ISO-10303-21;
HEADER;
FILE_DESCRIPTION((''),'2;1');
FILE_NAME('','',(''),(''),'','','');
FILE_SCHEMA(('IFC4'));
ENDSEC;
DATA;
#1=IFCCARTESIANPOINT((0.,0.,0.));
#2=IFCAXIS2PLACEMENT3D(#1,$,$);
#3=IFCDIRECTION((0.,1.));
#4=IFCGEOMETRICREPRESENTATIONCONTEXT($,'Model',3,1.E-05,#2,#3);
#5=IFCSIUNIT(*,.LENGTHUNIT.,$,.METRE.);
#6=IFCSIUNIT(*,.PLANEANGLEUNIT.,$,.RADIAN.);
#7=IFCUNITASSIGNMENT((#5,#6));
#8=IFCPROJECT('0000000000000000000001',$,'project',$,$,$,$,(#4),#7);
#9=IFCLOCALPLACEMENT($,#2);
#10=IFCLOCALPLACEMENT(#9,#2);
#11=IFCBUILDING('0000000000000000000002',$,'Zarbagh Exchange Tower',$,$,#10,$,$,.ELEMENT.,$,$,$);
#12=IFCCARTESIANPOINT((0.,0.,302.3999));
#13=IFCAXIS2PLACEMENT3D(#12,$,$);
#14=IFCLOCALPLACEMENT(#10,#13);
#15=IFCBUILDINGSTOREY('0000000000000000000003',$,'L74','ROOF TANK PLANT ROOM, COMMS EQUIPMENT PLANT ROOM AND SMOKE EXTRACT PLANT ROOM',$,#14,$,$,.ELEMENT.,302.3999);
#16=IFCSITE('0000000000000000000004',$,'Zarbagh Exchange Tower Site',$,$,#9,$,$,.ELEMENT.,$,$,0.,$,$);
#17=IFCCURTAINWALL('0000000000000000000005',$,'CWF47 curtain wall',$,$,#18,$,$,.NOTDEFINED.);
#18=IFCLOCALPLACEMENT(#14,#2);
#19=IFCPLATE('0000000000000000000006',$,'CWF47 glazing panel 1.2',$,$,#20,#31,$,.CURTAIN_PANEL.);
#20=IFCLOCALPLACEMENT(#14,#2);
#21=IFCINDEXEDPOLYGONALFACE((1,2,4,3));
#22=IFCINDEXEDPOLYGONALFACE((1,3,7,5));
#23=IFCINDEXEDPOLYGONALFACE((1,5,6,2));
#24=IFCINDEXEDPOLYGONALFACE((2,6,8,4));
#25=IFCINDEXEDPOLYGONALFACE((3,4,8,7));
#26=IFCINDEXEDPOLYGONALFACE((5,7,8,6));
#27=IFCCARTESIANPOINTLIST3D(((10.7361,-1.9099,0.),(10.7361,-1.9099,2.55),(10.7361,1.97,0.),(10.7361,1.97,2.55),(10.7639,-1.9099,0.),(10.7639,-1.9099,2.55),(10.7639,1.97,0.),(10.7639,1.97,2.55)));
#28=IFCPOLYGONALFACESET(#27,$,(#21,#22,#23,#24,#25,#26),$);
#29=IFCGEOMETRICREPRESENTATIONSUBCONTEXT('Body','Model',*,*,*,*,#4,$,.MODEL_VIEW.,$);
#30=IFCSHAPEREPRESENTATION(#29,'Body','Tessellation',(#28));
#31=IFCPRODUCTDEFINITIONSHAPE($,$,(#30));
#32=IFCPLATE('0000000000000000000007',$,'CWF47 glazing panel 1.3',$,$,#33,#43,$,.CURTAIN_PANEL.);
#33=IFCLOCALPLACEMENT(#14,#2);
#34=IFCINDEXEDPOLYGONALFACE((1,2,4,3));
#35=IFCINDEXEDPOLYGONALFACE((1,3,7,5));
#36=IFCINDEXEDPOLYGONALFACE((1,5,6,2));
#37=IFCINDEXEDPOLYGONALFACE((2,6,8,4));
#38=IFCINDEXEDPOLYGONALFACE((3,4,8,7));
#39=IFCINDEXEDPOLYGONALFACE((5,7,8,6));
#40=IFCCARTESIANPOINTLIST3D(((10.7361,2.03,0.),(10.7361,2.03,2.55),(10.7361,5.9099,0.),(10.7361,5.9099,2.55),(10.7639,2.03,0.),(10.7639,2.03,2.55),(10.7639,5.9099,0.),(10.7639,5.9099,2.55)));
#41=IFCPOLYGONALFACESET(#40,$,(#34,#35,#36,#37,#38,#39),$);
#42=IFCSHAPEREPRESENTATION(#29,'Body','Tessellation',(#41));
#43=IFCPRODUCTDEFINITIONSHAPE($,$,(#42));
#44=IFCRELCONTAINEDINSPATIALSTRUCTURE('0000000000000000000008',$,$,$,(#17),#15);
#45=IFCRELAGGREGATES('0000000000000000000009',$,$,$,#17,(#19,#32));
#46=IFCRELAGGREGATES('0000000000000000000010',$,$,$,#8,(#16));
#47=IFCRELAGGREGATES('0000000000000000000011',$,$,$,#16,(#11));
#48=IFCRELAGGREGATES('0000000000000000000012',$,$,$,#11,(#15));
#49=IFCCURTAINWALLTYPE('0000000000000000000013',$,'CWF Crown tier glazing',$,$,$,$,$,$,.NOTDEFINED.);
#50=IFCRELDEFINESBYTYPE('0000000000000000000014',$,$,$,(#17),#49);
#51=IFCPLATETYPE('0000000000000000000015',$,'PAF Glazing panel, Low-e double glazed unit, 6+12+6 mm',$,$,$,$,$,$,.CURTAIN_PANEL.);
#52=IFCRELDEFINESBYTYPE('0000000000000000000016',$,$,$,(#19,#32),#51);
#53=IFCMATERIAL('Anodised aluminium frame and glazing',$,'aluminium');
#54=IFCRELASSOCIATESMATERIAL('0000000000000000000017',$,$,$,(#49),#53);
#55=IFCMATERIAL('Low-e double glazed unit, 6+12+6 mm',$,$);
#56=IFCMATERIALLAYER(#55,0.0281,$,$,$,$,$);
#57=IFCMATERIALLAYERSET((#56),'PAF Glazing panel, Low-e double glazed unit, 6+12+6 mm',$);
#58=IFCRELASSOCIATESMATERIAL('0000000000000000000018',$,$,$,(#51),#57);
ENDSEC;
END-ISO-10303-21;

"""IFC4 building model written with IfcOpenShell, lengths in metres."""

from ifc_helpers import new_model, si_unit, direction, frame, origin, place, context, subcontext, project, spatial, polyline, outline, extrude, source, transform, mapped, material, layer, layer_set, type_object, element, aggregate, save


model = new_model("IFC4")

# Units and contexts
model_context = context("Model", 3, precision=1e-05, world=origin(), true_north=direction((0.0, 1.0)))
body_context = subcontext(model_context, "Body", "Model", "MODEL_VIEW")
ifc_project = project(units=[si_unit("LENGTHUNIT", "METRE"), si_unit("PLANEANGLEUNIT", "RADIAN")], contexts=[model_context])

# Site, building, storey
site_placement = place(None, origin())
site = spatial("IfcSite", under=ifc_project, at=site_placement, Name="Zarbagh Exchange Tower Site", CompositionType="ELEMENT", RefElevation=0.0)
building_placement = place(site_placement, origin())
building = spatial("IfcBuilding", under=site, at=building_placement, Name="Zarbagh Exchange Tower", CompositionType="ELEMENT")
storey_placement = place(building_placement, frame((0.0, 0.0, 302.3999)))
storey = spatial("IfcBuildingStorey", under=building, at=storey_placement, Name="L74", Description="ROOF TANK PLANT ROOM, COMMS EQUIPMENT PLANT ROOM AND SMOKE EXTRACT PLANT ROOM", CompositionType="ELEMENT", Elevation=302.3999)

# Curtain wall
ifc_material_1 = material(Name="Anodised aluminium frame and glazing", Category="aluminium")
curtain_wall_type = type_object("IfcCurtainWallType", Name="CWF Crown tier glazing", PredefinedType="NOTDEFINED", material=ifc_material_1)
placement = place(storey_placement, origin())
curtain_wall_1_placement = place(storey_placement, origin())
curtain_wall_1 = element("IfcCurtainWall", 1, at=curtain_wall_1_placement, inside=storey, type_object=curtain_wall_type, Name="CWF47 curtain wall", PredefinedType="NOTDEFINED")

# Shared definitions
ifc_material_2 = material(Name="Low-e double glazed unit, 6+12+6 mm")
ifc_layer = layer(ifc_material_2, 0.0281)
ifc_layer_set = layer_set([ifc_layer], Name="PAF Glazing panel, Low-e double glazed unit, 6+12+6 mm")
plate_type = type_object("IfcPlateType", Name="PAF Glazing panel, Low-e double glazed unit, 6+12+6 mm", PredefinedType="CURTAIN_PANEL", material=ifc_layer_set)

# Plates
shared_shape_1 = source(origin(), body_context, "Body", "SweptSolid", [
    extrude(outline(polyline([(0.0, -0.0139), (3.8799, -0.0139), (3.8799, 0.0139), (0.0, 0.0139), (0.0, -0.0139)])), origin(), (0.0, 0.0, 1.0), 2.55),
])
plate_1 = element("IfcPlate", 2, at=placement, type_object=plate_type, Name="CWF47 glazing panel 1.2", PredefinedType="CURTAIN_PANEL", context=body_context, shape_type="MappedRepresentation", body=[
    mapped(shared_shape_1, transform((10.75, -1.9099, 0.0), x_axis=(0.0, 1.0, 0.0), y_axis=(-1.0, 0.0, 0.0), z_axis=(0.0, 0.0, 1.0))),
])
plate_2 = element("IfcPlate", 3, at=placement, type_object=plate_type, Name="CWF47 glazing panel 1.3", PredefinedType="CURTAIN_PANEL", context=body_context, shape_type="MappedRepresentation", body=[
    mapped(shared_shape_1, transform((10.75, 2.03, 0.0), x_axis=(0.0, 1.0, 0.0), y_axis=(-1.0, 0.0, 0.0), z_axis=(0.0, 0.0, 1.0))),
])
aggregate(curtain_wall_1, [plate_1, plate_2])

save(model, "model.ifc")
